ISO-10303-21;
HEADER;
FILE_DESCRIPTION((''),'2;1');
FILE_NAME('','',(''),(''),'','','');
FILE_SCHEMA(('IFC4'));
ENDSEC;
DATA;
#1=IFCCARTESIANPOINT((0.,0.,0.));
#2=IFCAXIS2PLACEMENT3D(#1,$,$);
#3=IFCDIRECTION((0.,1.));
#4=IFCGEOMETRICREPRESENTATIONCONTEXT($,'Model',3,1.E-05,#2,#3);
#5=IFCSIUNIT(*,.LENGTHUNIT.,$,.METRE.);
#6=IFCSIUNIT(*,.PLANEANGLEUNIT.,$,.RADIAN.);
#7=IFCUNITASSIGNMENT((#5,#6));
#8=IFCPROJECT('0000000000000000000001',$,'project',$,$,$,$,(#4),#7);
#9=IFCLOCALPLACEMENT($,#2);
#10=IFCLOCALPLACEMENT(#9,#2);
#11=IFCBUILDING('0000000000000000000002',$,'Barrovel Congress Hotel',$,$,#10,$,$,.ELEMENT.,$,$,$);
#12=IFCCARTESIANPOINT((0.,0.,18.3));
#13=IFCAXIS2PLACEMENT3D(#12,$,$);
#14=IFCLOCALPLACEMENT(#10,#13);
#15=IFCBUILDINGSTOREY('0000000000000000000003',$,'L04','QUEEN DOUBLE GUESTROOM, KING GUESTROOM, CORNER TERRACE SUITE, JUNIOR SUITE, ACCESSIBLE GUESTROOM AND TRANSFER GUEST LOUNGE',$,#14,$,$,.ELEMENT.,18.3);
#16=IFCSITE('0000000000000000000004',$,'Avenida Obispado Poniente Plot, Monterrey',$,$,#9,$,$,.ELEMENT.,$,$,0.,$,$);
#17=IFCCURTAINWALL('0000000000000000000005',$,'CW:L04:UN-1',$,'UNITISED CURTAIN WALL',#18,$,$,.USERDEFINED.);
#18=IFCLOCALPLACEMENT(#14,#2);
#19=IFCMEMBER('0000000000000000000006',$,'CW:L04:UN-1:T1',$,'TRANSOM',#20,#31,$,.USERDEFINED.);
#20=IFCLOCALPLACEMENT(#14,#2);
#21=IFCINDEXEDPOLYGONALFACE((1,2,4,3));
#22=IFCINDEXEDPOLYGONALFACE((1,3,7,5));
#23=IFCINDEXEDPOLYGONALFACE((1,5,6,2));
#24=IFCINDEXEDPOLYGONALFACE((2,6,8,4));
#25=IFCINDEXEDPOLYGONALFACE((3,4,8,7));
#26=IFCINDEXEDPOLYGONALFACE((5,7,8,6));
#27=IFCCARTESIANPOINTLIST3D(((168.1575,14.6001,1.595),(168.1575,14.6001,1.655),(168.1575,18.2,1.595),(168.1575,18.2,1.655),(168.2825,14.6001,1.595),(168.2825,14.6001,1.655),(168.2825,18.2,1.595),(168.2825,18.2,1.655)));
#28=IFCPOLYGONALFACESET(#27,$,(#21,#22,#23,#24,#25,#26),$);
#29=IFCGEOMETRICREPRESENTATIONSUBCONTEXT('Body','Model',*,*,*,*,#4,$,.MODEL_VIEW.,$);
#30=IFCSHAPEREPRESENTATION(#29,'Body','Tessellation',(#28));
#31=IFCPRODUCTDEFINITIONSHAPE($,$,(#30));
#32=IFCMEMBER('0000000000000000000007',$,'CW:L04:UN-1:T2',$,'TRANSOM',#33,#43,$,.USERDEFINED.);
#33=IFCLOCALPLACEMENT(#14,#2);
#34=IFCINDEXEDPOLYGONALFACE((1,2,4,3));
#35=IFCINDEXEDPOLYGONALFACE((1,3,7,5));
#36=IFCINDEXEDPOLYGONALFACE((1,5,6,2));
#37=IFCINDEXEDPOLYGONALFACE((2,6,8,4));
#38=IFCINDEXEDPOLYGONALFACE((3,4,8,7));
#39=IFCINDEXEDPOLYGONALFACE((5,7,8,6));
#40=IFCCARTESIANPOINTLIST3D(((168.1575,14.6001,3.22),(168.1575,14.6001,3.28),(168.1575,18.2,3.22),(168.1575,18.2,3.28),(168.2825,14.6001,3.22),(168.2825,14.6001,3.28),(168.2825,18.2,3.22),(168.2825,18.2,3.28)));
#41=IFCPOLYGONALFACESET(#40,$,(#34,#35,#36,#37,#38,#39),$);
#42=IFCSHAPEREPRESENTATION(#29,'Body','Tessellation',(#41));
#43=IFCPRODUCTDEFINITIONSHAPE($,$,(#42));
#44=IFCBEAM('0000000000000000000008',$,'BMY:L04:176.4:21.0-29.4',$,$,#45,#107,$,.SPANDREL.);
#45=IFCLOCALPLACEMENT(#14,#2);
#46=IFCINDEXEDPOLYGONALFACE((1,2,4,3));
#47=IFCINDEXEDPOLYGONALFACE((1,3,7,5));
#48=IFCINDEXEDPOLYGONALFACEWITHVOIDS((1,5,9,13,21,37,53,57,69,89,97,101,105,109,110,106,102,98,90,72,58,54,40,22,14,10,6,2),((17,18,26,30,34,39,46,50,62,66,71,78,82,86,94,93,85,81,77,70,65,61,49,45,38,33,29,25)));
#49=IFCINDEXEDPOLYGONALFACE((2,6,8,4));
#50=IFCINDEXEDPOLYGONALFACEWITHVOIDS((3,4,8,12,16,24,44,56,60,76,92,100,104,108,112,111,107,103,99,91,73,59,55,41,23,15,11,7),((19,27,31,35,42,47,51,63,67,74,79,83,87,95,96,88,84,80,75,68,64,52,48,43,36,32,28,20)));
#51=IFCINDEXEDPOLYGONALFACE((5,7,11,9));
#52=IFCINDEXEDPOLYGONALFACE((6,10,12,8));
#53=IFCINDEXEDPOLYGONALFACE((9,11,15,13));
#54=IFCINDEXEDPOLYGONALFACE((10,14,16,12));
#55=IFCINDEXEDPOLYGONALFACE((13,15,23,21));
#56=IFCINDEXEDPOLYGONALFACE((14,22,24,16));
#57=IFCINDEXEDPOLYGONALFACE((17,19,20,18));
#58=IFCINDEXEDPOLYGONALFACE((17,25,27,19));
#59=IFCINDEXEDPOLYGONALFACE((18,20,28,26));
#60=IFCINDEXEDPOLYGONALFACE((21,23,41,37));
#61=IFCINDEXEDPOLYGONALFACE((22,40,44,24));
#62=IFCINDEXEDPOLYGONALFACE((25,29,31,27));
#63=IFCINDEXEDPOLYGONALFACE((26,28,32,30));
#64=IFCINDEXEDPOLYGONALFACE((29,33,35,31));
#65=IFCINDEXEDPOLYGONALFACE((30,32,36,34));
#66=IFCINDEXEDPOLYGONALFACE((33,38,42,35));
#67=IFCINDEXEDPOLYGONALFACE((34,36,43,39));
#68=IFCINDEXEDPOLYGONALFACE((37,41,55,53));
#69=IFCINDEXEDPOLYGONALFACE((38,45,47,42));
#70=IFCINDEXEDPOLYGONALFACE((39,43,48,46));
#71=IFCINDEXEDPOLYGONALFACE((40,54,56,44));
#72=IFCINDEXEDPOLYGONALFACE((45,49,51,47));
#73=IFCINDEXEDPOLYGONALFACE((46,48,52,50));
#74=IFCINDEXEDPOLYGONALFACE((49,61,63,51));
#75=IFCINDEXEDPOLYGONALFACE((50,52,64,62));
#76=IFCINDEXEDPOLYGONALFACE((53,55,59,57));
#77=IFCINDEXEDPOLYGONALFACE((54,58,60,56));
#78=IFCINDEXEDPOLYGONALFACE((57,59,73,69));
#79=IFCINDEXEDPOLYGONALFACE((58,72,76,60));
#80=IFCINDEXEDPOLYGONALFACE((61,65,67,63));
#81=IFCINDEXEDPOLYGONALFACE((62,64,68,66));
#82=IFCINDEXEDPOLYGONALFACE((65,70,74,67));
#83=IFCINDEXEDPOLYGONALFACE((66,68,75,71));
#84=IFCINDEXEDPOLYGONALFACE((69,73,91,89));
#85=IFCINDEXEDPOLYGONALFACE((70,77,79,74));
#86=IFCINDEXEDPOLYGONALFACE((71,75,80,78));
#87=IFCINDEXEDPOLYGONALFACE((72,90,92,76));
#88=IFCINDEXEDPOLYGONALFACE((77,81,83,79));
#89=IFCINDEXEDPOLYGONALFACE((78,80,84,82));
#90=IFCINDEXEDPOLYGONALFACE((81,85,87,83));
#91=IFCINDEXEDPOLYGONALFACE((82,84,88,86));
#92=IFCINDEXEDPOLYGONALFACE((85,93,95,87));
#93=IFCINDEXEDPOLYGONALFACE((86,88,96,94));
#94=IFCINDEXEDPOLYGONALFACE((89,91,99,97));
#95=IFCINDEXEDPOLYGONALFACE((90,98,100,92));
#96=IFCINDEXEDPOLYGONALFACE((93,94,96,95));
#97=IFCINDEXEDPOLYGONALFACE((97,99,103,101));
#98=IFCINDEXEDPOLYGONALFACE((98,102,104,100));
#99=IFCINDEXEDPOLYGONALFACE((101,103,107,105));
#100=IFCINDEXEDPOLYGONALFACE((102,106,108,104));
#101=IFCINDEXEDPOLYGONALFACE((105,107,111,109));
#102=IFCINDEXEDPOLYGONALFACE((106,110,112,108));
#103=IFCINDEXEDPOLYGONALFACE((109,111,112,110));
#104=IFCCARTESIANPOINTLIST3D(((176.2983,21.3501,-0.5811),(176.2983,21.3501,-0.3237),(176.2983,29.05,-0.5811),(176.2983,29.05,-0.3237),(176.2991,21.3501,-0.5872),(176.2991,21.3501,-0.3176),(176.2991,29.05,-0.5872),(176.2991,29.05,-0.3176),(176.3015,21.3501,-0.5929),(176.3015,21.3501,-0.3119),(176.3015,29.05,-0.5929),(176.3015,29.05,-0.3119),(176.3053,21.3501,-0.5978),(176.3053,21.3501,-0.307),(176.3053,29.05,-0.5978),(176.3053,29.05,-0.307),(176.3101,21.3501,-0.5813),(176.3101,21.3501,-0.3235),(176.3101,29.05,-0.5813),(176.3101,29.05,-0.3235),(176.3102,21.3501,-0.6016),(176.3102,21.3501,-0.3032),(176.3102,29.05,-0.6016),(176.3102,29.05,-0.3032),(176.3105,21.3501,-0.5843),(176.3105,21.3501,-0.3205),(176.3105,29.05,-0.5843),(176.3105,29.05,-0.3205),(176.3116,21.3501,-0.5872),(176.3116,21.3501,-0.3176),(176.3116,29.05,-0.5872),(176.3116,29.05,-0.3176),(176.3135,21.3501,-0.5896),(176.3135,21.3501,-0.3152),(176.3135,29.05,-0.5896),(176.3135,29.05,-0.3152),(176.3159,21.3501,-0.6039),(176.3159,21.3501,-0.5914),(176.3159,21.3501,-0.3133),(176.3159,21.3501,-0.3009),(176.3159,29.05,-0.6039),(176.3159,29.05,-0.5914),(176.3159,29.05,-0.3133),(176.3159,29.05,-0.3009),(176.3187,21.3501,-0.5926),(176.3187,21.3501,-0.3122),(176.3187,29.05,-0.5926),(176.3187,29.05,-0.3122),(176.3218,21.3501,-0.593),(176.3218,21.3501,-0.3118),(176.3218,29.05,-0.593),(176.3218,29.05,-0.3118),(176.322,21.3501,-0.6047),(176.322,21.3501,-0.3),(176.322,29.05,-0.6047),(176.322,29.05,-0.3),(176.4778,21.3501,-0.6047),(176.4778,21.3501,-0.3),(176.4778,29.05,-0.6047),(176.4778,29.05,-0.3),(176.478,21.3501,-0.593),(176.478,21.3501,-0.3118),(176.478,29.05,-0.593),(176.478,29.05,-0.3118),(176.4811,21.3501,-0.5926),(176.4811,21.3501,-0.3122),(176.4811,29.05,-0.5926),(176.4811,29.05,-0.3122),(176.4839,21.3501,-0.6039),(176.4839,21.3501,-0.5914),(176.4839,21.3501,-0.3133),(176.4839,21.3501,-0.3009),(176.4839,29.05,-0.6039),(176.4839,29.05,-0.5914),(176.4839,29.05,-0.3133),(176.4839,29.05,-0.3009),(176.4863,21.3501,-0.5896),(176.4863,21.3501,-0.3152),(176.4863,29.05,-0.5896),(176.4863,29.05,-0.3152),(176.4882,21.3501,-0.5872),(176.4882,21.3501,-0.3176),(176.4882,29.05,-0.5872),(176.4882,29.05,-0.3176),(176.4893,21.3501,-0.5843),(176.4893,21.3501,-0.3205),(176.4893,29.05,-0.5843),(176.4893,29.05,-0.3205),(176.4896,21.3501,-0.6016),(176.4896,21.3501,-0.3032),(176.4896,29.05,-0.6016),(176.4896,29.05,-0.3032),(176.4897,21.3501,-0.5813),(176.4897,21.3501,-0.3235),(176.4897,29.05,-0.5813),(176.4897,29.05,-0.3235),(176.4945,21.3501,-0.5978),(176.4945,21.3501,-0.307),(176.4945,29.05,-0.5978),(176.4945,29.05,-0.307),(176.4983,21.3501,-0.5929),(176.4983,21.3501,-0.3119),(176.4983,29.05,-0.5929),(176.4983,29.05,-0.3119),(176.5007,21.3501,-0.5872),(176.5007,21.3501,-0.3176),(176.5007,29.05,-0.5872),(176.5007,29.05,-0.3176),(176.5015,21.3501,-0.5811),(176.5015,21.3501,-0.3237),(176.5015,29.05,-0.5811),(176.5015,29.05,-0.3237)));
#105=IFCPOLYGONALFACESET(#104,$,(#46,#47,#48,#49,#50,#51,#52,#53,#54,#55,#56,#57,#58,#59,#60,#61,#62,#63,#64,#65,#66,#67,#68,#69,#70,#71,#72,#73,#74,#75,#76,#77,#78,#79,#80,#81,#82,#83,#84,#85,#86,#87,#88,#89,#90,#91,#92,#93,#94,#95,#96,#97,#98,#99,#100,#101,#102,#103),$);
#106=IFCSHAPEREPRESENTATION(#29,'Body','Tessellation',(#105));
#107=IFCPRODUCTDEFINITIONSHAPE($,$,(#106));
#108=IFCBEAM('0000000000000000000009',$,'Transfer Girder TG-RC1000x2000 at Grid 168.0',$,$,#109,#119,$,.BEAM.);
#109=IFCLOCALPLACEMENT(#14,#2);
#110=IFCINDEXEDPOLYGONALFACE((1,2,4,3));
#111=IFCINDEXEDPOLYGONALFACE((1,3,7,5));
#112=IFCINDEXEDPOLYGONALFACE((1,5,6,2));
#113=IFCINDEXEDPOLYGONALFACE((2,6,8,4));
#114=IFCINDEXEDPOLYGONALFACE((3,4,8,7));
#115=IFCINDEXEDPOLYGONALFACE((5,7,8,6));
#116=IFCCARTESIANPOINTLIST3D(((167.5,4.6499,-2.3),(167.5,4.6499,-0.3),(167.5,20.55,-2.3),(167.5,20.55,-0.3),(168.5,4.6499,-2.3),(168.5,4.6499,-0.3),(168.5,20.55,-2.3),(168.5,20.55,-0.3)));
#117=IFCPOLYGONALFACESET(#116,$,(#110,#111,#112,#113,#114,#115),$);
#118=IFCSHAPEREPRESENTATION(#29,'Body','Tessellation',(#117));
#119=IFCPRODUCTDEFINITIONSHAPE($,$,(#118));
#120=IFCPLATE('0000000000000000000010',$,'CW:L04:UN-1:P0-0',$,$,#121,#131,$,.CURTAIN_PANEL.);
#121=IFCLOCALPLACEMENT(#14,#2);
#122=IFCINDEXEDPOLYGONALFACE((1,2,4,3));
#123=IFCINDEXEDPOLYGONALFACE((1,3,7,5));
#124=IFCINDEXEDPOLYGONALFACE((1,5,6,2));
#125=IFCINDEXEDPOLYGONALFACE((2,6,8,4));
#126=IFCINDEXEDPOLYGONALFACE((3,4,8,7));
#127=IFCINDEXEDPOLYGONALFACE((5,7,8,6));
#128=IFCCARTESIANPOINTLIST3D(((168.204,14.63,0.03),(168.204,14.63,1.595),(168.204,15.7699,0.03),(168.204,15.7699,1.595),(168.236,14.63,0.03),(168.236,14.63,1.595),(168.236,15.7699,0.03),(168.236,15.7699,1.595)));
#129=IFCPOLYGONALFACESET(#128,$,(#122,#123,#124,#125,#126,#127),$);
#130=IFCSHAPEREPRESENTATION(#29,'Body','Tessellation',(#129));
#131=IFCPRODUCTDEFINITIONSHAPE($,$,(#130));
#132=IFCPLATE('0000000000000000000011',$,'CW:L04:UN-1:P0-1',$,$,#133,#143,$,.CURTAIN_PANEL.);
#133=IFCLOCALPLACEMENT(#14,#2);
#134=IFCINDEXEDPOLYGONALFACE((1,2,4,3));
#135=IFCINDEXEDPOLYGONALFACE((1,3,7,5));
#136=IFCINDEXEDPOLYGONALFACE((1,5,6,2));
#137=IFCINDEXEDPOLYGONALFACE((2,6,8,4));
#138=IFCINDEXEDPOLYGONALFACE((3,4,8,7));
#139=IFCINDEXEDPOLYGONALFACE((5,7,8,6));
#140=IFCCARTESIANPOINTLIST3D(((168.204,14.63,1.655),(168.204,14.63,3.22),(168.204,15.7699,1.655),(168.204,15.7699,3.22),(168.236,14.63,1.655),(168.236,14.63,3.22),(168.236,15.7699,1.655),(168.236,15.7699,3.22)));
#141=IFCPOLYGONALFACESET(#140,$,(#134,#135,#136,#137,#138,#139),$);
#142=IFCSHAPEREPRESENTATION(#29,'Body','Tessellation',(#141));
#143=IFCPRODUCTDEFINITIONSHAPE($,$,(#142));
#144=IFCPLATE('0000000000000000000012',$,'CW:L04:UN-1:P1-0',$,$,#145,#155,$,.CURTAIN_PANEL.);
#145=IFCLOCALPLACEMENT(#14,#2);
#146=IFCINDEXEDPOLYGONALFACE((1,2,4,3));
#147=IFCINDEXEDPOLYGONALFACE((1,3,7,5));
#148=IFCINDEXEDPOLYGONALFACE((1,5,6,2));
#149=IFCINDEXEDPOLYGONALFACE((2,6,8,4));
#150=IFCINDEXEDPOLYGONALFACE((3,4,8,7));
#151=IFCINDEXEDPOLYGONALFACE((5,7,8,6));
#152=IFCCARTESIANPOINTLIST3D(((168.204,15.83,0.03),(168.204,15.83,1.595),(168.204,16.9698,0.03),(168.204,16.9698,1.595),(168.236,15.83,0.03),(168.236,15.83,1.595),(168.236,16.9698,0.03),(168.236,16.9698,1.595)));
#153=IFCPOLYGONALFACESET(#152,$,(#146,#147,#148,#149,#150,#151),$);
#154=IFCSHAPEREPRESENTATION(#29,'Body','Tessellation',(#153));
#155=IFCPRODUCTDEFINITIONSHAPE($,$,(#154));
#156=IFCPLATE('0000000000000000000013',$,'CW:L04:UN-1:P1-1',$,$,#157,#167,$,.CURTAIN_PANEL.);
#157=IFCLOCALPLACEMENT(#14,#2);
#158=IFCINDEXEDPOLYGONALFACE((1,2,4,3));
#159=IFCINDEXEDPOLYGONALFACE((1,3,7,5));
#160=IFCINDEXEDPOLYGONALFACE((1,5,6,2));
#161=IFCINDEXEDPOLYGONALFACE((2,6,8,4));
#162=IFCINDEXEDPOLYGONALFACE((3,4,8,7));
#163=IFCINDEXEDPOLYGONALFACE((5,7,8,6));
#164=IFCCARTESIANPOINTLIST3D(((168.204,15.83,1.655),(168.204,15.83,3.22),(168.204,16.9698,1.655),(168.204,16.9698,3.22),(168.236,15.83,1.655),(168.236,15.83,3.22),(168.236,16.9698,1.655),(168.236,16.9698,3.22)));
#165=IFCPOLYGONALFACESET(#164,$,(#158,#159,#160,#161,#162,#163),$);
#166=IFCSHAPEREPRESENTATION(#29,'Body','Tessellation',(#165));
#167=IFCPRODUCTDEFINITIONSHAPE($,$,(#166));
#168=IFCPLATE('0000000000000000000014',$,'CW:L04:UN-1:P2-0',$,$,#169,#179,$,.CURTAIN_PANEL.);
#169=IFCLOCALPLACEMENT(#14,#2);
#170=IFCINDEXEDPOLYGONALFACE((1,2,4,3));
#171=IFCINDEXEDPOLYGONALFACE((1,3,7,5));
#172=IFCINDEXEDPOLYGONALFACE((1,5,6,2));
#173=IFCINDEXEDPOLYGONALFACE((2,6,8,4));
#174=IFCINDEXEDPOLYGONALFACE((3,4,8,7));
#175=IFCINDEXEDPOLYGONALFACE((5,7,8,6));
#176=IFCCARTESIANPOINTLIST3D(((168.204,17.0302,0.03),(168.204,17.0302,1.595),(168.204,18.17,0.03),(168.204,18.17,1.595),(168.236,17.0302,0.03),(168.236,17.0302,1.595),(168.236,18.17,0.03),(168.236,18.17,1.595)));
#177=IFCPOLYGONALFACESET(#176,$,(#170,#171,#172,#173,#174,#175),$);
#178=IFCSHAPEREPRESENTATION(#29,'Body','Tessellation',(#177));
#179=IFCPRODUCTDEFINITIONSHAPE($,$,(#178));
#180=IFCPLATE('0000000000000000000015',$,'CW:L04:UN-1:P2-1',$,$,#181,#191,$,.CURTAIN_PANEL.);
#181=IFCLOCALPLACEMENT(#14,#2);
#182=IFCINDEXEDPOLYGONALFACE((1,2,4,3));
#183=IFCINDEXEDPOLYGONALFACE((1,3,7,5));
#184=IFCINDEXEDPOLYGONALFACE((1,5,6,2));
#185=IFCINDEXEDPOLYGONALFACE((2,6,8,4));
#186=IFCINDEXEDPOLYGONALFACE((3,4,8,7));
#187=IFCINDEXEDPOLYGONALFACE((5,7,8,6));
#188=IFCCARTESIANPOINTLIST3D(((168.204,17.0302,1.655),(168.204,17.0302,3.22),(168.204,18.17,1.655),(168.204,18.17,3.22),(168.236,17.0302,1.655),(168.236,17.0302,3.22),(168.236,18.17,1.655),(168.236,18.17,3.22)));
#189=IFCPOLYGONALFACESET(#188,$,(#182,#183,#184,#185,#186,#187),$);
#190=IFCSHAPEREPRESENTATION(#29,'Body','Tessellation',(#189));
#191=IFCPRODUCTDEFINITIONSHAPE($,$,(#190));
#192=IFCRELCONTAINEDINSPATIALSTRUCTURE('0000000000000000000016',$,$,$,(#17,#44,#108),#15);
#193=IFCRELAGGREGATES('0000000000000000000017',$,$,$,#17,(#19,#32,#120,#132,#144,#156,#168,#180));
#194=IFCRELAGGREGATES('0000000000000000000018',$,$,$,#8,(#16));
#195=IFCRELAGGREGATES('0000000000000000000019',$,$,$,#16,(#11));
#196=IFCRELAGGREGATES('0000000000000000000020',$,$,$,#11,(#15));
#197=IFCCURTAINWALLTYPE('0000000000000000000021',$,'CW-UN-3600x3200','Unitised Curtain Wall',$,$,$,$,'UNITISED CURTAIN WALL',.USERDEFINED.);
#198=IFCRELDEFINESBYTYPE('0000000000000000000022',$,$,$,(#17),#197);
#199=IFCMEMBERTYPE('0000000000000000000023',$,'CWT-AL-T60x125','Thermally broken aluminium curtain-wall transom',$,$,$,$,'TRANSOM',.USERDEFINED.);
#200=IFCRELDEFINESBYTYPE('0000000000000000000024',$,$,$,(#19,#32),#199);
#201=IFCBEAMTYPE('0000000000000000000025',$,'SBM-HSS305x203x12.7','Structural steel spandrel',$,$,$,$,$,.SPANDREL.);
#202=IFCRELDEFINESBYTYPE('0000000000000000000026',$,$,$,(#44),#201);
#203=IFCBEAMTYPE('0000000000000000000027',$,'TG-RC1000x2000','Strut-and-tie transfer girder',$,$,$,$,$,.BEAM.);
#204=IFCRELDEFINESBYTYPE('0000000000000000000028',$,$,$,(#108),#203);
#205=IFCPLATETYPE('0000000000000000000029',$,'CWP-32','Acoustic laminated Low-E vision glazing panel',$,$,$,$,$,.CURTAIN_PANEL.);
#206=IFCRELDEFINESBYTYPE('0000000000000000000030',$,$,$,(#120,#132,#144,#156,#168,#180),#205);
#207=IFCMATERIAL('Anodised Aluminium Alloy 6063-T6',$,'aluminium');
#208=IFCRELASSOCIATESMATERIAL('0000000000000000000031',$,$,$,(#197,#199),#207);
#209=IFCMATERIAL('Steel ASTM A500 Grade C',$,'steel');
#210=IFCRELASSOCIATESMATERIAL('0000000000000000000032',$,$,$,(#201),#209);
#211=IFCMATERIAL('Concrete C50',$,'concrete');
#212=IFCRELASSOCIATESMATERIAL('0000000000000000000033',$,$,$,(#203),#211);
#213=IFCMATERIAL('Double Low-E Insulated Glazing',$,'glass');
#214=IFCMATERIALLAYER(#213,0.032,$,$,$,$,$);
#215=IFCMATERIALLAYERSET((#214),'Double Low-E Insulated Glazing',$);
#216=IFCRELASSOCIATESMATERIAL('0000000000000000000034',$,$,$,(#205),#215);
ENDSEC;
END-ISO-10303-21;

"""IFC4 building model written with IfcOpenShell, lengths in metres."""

from ifc_helpers import new_model, si_unit, direction, frame, origin, origin_2d, place, context, subcontext, project, spatial, rectangle, hollow_rectangle, extrude, material, layer, layer_set, material_profile, profile_set, type_object, element, aggregate, save


model = new_model("IFC4")

# Units and contexts
model_context = context("Model", 3, precision=1e-05, world=origin(), true_north=direction((0.0, 1.0)))
body_context = subcontext(model_context, "Body", "Model", "MODEL_VIEW")
ifc_project = project(units=[si_unit("LENGTHUNIT", "METRE"), si_unit("PLANEANGLEUNIT", "RADIAN")], contexts=[model_context])

# Site, building, storey
site_placement = place(None, origin())
site = spatial("IfcSite", under=ifc_project, at=site_placement, Name="Avenida Obispado Poniente Plot, Monterrey", CompositionType="ELEMENT", RefElevation=0.0)
building_placement = place(site_placement, origin())
building = spatial("IfcBuilding", under=site, at=building_placement, Name="Barrovel Congress Hotel", CompositionType="ELEMENT")
storey_placement = place(building_placement, frame((0.0, 0.0, 18.3)))
storey = spatial("IfcBuildingStorey", under=building, at=storey_placement, Name="L04", Description="QUEEN DOUBLE GUESTROOM, KING GUESTROOM, CORNER TERRACE SUITE, JUNIOR SUITE, ACCESSIBLE GUESTROOM AND TRANSFER GUEST LOUNGE", CompositionType="ELEMENT", Elevation=18.3)

# Curtain wall, members
ifc_material_1 = material(Name="Anodised Aluminium Alloy 6063-T6", Category="aluminium")
curtain_wall_type = type_object("IfcCurtainWallType", Name="CW-UN-3600x3200", Description="Unitised Curtain Wall", ElementType="UNITISED CURTAIN WALL", PredefinedType="USERDEFINED", material=ifc_material_1)
curtain_wall_placement = place(storey_placement, origin())
curtain_wall = element("IfcCurtainWall", 1, at=curtain_wall_placement, inside=storey, type_object=curtain_wall_type, Name="CW:L04:UN-1", ObjectType="UNITISED CURTAIN WALL", PredefinedType="USERDEFINED")
ifc_material_profile_1 = material_profile(ifc_material_1, rectangle(XDim=0.125, YDim=0.0601, at=origin_2d()), Name="AL-T60x125")
ifc_profile_set_1 = profile_set([ifc_material_profile_1], Name="Anodised Aluminium Alloy 6063-T6")
member_type_1 = type_object("IfcMemberType", Name="CWT-AL-T60x125", Description="Thermally broken aluminium curtain-wall transom", ElementType="TRANSOM", PredefinedType="USERDEFINED", material=ifc_profile_set_1)
member_1_placement = place(storey_placement, frame((168.22, 14.6001, 1.625), z_axis=(0.0, 1.0, 0.0), x_axis=(-1.0, 0.0, 0.0)))
member_1 = element("IfcMember", 2, at=member_1_placement, type_object=member_type_1, Name="CW:L04:UN-1:T1", ObjectType="TRANSOM", PredefinedType="USERDEFINED", context=body_context, shape_type="SweptSolid", body=[
    extrude(rectangle(XDim=0.125, YDim=0.0601, at=origin_2d()), origin(), (0.0, 0.0, 1.0), 3.5999),
])
member_2_placement = place(storey_placement, frame((168.22, 14.6001, 3.25), z_axis=(0.0, 1.0, 0.0), x_axis=(-1.0, 0.0, 0.0)))
member_2 = element("IfcMember", 3, at=member_2_placement, type_object=member_type_1, Name="CW:L04:UN-1:T2", ObjectType="TRANSOM", PredefinedType="USERDEFINED", context=body_context, shape_type="SweptSolid", body=[
    extrude(rectangle(XDim=0.125, YDim=0.0601, at=origin_2d()), origin(), (0.0, 0.0, 1.0), 3.5999),
])

# Beams
ifc_material_2 = material(Name="Steel ASTM A500 Grade C", Category="steel")
ifc_material_profile_2 = material_profile(ifc_material_2, hollow_rectangle(XDim=0.2031, YDim=0.3047, WallThickness=0.0117, InnerFilletRadius=0.0117, OuterFilletRadius=0.0237, at=origin_2d()), Name="HSS305x203x12.7")
ifc_profile_set_2 = profile_set([ifc_material_profile_2], Name="Steel ASTM A500 Grade C")
beam_type_1 = type_object("IfcBeamType", Name="SBM-HSS305x203x12.7", Description="Structural steel spandrel", PredefinedType="SPANDREL", material=ifc_profile_set_2)
beam_1_placement = place(storey_placement, frame((176.3999, 21.3501, -0.4524), z_axis=(0.0, 1.0, 0.0), x_axis=(-1.0, 0.0, 0.0)))
element("IfcBeam", 4, at=beam_1_placement, inside=storey, type_object=beam_type_1, Name="BMY:L04:176.4:21.0-29.4", PredefinedType="SPANDREL", context=body_context, shape_type="SweptSolid", body=[
    extrude(hollow_rectangle(XDim=0.2031, YDim=0.3047, WallThickness=0.0117, InnerFilletRadius=0.0117, OuterFilletRadius=0.0237, at=origin_2d()), origin(), (0.0, 0.0, 1.0), 7.7),
])
ifc_material_3 = material(Name="Concrete C50", Category="concrete")
ifc_material_profile_3 = material_profile(ifc_material_3, rectangle(XDim=1.0, YDim=2.0, at=origin_2d()), Name="RC1000x2000")
ifc_profile_set_3 = profile_set([ifc_material_profile_3], Name="Concrete C50")
beam_type_2 = type_object("IfcBeamType", Name="TG-RC1000x2000", Description="Strut-and-tie transfer girder", PredefinedType="BEAM", material=ifc_profile_set_3)
beam_2_placement = place(storey_placement, frame((168.0, 4.6499, -1.3), z_axis=(0.0, 1.0, 0.0), x_axis=(-1.0, 0.0, 0.0)))
element("IfcBeam", 5, at=beam_2_placement, inside=storey, type_object=beam_type_2, Name="Transfer Girder TG-RC1000x2000 at Grid 168.0", PredefinedType="BEAM", context=body_context, shape_type="SweptSolid", body=[
    extrude(rectangle(XDim=1.0, YDim=2.0, at=origin_2d()), origin(), (0.0, 0.0, 1.0), 15.9001),
])

# Plates
ifc_material_4 = material(Name="Double Low-E Insulated Glazing", Category="glass")
ifc_layer_1 = layer(ifc_material_4, 0.032)
ifc_layer_set_1 = layer_set([ifc_layer_1], Name="Double Low-E Insulated Glazing")
plate_type = type_object("IfcPlateType", Name="CWP-32", Description="Acoustic laminated Low-E vision glazing panel", PredefinedType="CURTAIN_PANEL", material=ifc_layer_set_1)
plate_1_placement = place(storey_placement, frame((168.22, 15.2, 0.03), z_axis=(0.0, 0.0, 1.0), x_axis=(0.0, 1.0, 0.0)))
plate_1 = element("IfcPlate", 6, at=plate_1_placement, type_object=plate_type, Name="CW:L04:UN-1:P0-0", PredefinedType="CURTAIN_PANEL", context=body_context, shape_type="SweptSolid", body=[
    extrude(rectangle(XDim=1.1399, YDim=0.032, at=origin_2d()), origin(), (0.0, 0.0, 1.0), 1.5649),
])
plate_2_placement = place(storey_placement, frame((168.22, 15.2, 1.655), z_axis=(0.0, 0.0, 1.0), x_axis=(0.0, 1.0, 0.0)))
plate_2 = element("IfcPlate", 7, at=plate_2_placement, type_object=plate_type, Name="CW:L04:UN-1:P0-1", PredefinedType="CURTAIN_PANEL", context=body_context, shape_type="SweptSolid", body=[
    extrude(rectangle(XDim=1.1399, YDim=0.032, at=origin_2d()), origin(), (0.0, 0.0, 1.0), 1.5649),
])
plate_3_placement = place(storey_placement, frame((168.22, 16.3999, 0.03), z_axis=(0.0, 0.0, 1.0), x_axis=(0.0, 1.0, 0.0)))
plate_3 = element("IfcPlate", 8, at=plate_3_placement, type_object=plate_type, Name="CW:L04:UN-1:P1-0", PredefinedType="CURTAIN_PANEL", context=body_context, shape_type="SweptSolid", body=[
    extrude(rectangle(XDim=1.1399, YDim=0.032, at=origin_2d()), origin(), (0.0, 0.0, 1.0), 1.5649),
])
plate_4_placement = place(storey_placement, frame((168.22, 16.3999, 1.655), z_axis=(0.0, 0.0, 1.0), x_axis=(0.0, 1.0, 0.0)))
plate_4 = element("IfcPlate", 9, at=plate_4_placement, type_object=plate_type, Name="CW:L04:UN-1:P1-1", PredefinedType="CURTAIN_PANEL", context=body_context, shape_type="SweptSolid", body=[
    extrude(rectangle(XDim=1.1399, YDim=0.032, at=origin_2d()), origin(), (0.0, 0.0, 1.0), 1.5649),
])
plate_5_placement = place(storey_placement, frame((168.22, 17.6001, 0.03), z_axis=(0.0, 0.0, 1.0), x_axis=(0.0, 1.0, 0.0)))
plate_5 = element("IfcPlate", 10, at=plate_5_placement, type_object=plate_type, Name="CW:L04:UN-1:P2-0", PredefinedType="CURTAIN_PANEL", context=body_context, shape_type="SweptSolid", body=[
    extrude(rectangle(XDim=1.1399, YDim=0.032, at=origin_2d()), origin(), (0.0, 0.0, 1.0), 1.5649),
])
plate_6_placement = place(storey_placement, frame((168.22, 17.6001, 1.655), z_axis=(0.0, 0.0, 1.0), x_axis=(0.0, 1.0, 0.0)))
plate_6 = element("IfcPlate", 11, at=plate_6_placement, type_object=plate_type, Name="CW:L04:UN-1:P2-1", PredefinedType="CURTAIN_PANEL", context=body_context, shape_type="SweptSolid", body=[
    extrude(rectangle(XDim=1.1399, YDim=0.032, at=origin_2d()), origin(), (0.0, 0.0, 1.0), 1.5649),
])
aggregate(curtain_wall, [member_1, member_2, plate_1, plate_2, plate_3, plate_4, plate_5, plate_6])

save(model, "model.ifc")
